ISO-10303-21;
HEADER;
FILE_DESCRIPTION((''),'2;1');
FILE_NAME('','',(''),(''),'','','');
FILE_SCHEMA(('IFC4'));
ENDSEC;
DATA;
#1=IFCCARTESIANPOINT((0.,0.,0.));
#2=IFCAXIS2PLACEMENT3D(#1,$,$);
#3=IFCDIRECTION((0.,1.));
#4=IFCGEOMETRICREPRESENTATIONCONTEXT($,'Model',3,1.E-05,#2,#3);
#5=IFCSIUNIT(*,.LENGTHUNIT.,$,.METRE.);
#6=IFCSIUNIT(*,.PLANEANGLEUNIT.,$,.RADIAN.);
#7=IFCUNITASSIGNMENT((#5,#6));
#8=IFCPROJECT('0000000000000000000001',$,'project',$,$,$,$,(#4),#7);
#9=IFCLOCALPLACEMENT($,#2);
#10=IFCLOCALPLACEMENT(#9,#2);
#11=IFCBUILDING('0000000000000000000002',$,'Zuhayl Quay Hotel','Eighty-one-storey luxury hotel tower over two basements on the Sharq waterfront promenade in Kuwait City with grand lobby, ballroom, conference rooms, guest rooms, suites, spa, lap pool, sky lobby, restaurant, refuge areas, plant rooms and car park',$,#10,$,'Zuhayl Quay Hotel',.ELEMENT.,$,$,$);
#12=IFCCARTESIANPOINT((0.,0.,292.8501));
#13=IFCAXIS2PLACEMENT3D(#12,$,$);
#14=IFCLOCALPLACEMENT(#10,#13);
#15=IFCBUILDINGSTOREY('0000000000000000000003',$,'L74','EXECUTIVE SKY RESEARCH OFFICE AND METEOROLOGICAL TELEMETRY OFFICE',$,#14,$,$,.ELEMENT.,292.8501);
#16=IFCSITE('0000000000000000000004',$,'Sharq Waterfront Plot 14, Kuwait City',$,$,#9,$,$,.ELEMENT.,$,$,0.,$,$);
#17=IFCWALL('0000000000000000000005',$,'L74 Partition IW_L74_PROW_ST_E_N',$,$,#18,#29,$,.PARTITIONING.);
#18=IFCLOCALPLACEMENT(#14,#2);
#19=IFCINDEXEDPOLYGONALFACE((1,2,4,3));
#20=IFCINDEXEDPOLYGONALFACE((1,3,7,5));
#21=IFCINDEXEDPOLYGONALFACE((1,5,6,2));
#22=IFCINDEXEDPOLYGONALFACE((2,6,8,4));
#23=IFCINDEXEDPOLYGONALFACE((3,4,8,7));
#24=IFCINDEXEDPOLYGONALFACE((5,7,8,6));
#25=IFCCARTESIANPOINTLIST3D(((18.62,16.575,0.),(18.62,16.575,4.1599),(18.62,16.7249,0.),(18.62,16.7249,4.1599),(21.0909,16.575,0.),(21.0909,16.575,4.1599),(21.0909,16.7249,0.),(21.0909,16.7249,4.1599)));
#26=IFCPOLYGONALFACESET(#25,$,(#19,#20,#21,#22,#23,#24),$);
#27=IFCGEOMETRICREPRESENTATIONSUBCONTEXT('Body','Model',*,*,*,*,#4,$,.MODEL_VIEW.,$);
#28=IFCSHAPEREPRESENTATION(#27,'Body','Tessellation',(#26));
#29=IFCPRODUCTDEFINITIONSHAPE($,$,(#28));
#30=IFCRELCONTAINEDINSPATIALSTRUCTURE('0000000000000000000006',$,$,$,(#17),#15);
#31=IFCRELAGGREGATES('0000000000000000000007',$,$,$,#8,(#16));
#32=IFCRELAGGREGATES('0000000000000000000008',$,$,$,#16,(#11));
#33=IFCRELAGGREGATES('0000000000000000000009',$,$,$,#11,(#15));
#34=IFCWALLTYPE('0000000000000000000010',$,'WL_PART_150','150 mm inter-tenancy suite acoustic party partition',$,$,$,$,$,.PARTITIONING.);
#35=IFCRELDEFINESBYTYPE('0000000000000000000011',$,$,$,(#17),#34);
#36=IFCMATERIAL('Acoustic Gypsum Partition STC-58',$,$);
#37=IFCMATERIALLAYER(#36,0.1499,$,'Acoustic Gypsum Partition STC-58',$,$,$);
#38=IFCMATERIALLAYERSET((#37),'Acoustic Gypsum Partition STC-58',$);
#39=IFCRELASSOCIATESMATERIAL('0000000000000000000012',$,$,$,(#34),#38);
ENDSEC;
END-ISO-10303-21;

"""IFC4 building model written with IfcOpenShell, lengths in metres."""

from ifc_helpers import new_model, si_unit, direction, frame, frame_2d, origin, place, context, subcontext, project, spatial, rectangle, extrude, material, layer, layer_set, type_object, element, save


model = new_model("IFC4")

# Units and contexts
model_context = context("Model", 3, precision=1e-05, world=origin(), true_north=direction((0.0, 1.0)))
body_context = subcontext(model_context, "Body", "Model", "MODEL_VIEW")
ifc_project = project(units=[si_unit("LENGTHUNIT", "METRE"), si_unit("PLANEANGLEUNIT", "RADIAN")], contexts=[model_context])

# Site, building, storey
site_placement = place(None, origin())
site = spatial("IfcSite", under=ifc_project, at=site_placement, Name="Sharq Waterfront Plot 14, Kuwait City", CompositionType="ELEMENT", RefElevation=0.0)
building_placement = place(site_placement, origin())
building = spatial("IfcBuilding", under=site, at=building_placement, Name="Zuhayl Quay Hotel", Description="Eighty-one-storey luxury hotel tower over two basements on the Sharq waterfront promenade in Kuwait City with grand lobby, ballroom, conference rooms, guest rooms, suites, spa, lap pool, sky lobby, restaurant, refuge areas, plant rooms and car park", LongName="Zuhayl Quay Hotel", CompositionType="ELEMENT")
storey_placement = place(building_placement, frame((0.0, 0.0, 292.8501)))
storey = spatial("IfcBuildingStorey", under=building, at=storey_placement, Name="L74", Description="EXECUTIVE SKY RESEARCH OFFICE AND METEOROLOGICAL TELEMETRY OFFICE", CompositionType="ELEMENT", Elevation=292.8501)

# Wall
ifc_material_1 = material(Name="Acoustic Gypsum Partition STC-58")
ifc_layer_1 = layer(ifc_material_1, 0.1499, Name="Acoustic Gypsum Partition STC-58")
ifc_layer_set_1 = layer_set([ifc_layer_1], Name="Acoustic Gypsum Partition STC-58")
wall_type_1 = type_object("IfcWallType", Name="WL_PART_150", Description="150 mm inter-tenancy suite acoustic party partition", PredefinedType="PARTITIONING", material=ifc_layer_set_1)
wall_1_placement = place(storey_placement, frame((18.6201, 16.6499, 0.0), z_axis=(0.0, 0.0, 1.0), x_axis=(1.0, 0.0, 0.0)))
element("IfcWall", 1, at=wall_1_placement, inside=storey, type_object=wall_type_1, Name="L74 Partition IW_L74_PROW_ST_E_N", PredefinedType="PARTITIONING", context=body_context, shape_type="SweptSolid", body=[
    extrude(rectangle(XDim=2.4709, YDim=0.1499, at=frame_2d((1.2354, 0.0))), origin(), (0.0, 0.0, 1.0), 4.1599),
])

save(model, "model.ifc")
